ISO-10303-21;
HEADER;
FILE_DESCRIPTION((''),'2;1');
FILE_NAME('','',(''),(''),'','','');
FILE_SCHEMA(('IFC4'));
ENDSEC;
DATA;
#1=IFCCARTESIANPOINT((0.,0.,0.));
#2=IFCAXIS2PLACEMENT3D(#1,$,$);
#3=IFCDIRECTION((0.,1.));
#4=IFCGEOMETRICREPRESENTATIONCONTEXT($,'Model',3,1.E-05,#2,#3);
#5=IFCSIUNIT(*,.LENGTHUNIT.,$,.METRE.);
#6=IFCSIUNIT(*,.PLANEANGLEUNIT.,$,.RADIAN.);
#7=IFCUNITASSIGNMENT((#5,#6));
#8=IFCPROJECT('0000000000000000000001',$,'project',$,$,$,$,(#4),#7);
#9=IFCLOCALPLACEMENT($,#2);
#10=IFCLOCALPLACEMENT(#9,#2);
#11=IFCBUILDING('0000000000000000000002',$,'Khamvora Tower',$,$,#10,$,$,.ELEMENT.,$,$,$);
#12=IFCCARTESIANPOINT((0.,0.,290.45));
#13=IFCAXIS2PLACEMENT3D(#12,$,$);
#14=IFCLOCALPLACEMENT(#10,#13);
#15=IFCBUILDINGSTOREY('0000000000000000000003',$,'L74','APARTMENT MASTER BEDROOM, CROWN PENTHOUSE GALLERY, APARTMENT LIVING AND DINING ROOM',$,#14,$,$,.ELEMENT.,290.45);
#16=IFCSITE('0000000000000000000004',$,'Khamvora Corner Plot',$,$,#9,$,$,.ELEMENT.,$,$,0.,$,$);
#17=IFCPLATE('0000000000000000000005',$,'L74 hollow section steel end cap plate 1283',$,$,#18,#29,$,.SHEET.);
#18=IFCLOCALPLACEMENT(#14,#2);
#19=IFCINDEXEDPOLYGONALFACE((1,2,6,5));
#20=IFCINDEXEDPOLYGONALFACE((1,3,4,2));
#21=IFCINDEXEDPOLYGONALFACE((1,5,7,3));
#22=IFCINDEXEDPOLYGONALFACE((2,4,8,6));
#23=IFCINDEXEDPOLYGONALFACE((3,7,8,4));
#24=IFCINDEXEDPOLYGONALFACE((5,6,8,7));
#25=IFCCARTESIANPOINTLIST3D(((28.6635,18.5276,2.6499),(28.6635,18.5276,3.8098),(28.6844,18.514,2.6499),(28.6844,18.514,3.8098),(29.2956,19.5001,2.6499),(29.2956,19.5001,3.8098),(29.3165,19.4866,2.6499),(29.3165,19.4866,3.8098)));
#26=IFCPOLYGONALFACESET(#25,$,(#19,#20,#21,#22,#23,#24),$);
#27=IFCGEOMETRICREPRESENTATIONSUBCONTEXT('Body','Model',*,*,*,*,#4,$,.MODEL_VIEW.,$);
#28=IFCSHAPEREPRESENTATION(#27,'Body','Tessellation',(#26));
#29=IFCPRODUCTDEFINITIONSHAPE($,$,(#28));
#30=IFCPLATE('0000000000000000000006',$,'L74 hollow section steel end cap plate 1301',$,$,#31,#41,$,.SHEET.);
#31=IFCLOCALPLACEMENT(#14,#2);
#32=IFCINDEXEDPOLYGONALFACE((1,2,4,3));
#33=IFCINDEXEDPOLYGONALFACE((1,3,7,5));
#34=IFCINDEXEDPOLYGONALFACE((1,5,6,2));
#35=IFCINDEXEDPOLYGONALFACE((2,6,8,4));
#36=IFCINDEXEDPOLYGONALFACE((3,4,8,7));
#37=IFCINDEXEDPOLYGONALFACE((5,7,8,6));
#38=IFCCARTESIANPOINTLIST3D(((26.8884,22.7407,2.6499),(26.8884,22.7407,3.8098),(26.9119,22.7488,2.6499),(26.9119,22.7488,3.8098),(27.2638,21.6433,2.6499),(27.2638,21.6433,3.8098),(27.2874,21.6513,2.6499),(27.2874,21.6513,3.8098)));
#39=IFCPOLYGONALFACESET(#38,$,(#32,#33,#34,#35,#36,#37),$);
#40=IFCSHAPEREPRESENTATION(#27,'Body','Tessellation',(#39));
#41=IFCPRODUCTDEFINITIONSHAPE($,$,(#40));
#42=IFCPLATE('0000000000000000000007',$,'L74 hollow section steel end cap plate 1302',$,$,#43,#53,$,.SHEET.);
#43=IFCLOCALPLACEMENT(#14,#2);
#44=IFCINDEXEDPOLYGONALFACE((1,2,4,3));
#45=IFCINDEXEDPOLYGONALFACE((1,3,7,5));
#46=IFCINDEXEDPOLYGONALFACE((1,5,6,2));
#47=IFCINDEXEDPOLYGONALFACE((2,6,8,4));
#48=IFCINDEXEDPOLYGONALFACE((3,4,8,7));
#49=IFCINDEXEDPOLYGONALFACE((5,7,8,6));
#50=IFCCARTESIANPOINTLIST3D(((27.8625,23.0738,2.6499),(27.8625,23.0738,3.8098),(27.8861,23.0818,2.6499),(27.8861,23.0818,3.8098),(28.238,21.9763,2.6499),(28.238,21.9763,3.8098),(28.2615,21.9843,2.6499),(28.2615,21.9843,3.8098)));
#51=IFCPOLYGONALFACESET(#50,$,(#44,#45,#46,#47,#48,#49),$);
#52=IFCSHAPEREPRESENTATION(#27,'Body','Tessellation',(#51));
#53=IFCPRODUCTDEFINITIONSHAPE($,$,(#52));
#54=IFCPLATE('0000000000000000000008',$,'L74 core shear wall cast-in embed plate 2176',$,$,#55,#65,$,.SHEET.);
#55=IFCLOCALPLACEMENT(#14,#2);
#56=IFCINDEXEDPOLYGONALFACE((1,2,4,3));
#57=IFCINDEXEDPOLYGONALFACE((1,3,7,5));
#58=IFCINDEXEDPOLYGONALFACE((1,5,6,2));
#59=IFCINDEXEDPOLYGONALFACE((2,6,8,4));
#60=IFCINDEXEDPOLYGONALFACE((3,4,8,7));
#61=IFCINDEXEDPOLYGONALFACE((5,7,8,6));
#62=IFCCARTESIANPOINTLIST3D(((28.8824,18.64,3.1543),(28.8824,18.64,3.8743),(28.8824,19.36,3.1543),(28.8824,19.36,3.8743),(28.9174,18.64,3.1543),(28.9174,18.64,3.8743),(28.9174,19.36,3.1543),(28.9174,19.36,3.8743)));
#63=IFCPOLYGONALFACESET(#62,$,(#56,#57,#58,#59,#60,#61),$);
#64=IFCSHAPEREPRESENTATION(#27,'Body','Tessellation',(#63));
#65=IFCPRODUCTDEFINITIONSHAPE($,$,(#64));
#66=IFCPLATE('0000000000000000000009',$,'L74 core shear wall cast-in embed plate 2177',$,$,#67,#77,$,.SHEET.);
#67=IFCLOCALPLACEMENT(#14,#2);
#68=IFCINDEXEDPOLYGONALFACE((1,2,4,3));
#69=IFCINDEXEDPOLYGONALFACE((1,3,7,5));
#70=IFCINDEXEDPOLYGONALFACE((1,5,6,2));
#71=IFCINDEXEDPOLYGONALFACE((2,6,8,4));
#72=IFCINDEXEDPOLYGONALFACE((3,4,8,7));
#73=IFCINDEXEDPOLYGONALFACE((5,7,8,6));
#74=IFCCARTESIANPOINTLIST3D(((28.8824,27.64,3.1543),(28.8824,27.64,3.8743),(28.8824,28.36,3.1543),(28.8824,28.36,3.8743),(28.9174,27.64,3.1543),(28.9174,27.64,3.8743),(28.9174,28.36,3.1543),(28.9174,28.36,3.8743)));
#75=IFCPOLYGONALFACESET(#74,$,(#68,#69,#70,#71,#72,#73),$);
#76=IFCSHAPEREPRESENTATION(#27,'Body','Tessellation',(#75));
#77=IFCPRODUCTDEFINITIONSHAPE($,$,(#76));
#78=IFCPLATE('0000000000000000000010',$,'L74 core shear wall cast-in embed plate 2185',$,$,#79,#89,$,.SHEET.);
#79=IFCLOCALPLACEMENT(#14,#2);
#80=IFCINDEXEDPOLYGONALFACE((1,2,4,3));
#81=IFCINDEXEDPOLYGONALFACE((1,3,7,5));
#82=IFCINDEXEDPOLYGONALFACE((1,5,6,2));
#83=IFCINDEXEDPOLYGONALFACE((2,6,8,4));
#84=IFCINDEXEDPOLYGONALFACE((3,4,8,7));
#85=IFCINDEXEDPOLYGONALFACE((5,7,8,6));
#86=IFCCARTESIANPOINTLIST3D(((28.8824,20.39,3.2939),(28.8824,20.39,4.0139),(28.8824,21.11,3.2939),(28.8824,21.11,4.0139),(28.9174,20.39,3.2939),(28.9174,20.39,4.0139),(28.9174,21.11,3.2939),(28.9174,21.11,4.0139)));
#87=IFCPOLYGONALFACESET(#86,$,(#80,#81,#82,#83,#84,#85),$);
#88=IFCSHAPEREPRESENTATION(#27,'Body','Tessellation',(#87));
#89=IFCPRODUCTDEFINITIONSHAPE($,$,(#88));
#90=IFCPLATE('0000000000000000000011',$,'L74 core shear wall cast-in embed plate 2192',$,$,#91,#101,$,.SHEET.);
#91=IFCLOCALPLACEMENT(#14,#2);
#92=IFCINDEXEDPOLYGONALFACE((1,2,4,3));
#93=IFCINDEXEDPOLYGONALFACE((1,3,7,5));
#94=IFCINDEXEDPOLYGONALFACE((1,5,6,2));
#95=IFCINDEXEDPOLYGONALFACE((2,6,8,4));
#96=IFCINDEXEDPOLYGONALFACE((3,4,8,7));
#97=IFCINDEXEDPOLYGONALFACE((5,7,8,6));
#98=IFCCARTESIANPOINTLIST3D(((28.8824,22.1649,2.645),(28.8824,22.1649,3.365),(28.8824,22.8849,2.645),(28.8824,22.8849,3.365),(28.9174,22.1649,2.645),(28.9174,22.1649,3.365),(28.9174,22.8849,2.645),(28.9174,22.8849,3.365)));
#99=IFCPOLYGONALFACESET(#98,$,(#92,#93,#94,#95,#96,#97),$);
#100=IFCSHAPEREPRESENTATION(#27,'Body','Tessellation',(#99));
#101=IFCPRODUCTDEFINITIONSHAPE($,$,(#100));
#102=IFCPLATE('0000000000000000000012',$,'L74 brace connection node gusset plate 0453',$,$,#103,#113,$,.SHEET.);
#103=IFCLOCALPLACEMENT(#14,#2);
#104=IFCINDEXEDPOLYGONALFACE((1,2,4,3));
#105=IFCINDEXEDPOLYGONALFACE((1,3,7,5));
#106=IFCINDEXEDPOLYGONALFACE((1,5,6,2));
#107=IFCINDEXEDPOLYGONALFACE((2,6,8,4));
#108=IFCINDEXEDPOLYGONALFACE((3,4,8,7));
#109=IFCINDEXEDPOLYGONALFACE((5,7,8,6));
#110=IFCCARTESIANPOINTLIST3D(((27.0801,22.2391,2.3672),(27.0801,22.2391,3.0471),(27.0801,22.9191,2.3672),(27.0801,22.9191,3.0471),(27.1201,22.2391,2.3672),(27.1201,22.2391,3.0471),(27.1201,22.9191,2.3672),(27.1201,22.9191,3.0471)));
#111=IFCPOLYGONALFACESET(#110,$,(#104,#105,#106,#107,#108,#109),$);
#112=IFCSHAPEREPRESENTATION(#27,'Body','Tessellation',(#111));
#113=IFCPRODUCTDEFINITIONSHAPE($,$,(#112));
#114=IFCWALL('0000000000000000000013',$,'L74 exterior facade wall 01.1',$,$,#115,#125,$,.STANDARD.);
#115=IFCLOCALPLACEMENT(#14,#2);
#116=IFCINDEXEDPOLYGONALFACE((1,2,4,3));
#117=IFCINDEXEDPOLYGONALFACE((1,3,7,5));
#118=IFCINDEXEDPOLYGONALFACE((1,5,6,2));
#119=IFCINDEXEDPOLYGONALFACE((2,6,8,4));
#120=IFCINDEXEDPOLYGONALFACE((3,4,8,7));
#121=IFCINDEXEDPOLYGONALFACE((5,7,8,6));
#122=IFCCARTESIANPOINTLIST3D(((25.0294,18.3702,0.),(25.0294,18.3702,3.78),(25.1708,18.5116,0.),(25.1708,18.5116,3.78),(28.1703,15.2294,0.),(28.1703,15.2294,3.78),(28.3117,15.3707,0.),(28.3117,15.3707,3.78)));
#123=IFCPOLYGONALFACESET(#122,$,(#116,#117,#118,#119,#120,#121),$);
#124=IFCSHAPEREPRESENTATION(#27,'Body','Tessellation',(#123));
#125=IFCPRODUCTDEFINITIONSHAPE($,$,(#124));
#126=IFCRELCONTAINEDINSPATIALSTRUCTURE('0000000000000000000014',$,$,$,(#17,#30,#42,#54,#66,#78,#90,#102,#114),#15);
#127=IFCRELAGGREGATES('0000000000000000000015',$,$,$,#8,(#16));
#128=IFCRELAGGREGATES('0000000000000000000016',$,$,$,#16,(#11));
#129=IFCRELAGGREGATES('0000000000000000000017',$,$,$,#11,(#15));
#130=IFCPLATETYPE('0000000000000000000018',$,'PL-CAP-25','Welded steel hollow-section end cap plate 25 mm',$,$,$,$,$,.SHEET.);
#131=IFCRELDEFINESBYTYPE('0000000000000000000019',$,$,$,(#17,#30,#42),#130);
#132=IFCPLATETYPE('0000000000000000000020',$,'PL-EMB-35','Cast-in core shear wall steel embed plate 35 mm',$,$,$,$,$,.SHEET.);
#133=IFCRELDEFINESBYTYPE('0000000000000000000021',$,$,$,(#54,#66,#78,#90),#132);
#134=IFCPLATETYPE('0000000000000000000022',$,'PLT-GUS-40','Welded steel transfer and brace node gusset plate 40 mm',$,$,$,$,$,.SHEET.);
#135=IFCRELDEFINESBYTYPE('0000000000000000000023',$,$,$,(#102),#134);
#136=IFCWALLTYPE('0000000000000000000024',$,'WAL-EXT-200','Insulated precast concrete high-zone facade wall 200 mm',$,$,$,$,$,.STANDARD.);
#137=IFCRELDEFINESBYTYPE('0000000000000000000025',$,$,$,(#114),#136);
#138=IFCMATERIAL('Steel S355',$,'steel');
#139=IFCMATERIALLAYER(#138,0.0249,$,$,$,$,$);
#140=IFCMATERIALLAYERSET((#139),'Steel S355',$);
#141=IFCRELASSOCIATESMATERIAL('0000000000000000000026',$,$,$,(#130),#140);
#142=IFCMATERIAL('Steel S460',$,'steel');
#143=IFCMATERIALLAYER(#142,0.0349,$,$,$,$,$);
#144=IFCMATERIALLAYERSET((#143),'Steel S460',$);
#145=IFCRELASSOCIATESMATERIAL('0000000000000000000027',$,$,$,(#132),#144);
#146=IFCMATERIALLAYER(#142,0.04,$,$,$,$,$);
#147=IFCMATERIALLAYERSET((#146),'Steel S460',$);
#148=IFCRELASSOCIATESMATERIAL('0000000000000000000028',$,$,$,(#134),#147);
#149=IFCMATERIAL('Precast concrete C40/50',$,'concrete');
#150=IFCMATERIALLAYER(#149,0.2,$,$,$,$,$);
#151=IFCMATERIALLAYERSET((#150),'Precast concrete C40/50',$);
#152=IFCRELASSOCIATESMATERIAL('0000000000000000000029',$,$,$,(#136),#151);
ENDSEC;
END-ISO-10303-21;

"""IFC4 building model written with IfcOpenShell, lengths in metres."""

from ifc_helpers import new_model, si_unit, direction, frame, frame_2d, origin, origin_2d, place, context, subcontext, project, spatial, rectangle, extrude, material, layer, layer_set, type_object, element, save


model = new_model("IFC4")

# Units and contexts
model_context = context("Model", 3, precision=1e-05, world=origin(), true_north=direction((0.0, 1.0)))
body_context = subcontext(model_context, "Body", "Model", "MODEL_VIEW")
ifc_project = project(units=[si_unit("LENGTHUNIT", "METRE"), si_unit("PLANEANGLEUNIT", "RADIAN")], contexts=[model_context])

# Site, building, storey
site_placement = place(None, origin())
site = spatial("IfcSite", under=ifc_project, at=site_placement, Name="Khamvora Corner Plot", CompositionType="ELEMENT", RefElevation=0.0)
building_placement = place(site_placement, origin())
building = spatial("IfcBuilding", under=site, at=building_placement, Name="Khamvora Tower", CompositionType="ELEMENT")
storey_placement = place(building_placement, frame((0.0, 0.0, 290.45)))
storey = spatial("IfcBuildingStorey", under=building, at=storey_placement, Name="L74", Description="APARTMENT MASTER BEDROOM, CROWN PENTHOUSE GALLERY, APARTMENT LIVING AND DINING ROOM", CompositionType="ELEMENT", Elevation=290.45)

# Shared definitions
ifc_material_1 = material(Name="Steel S355", Category="steel")

# Shared definitions
ifc_material_2 = material(Name="Steel S460", Category="steel")

# Plates
ifc_layer_1 = layer(ifc_material_1, 0.0249)
ifc_layer_set_1 = layer_set([ifc_layer_1], Name="Steel S355")
plate_type_1 = type_object("IfcPlateType", Name="PL-CAP-25", Description="Welded steel hollow-section end cap plate 25 mm", PredefinedType="SHEET", material=ifc_layer_set_1)
for number, where, z_axis, x_axis, name in (
    (1, (28.99, 19.0071, 2.6499), (0.0, 0.0, 1.0), (0.838442, -0.54499, 0.0), "L74 hollow section steel end cap plate 1283"),
    (2, (27.0879, 22.196, 2.6499), (0.0, 0.0, 1.0), (0.946164, 0.323686, 0.0), "L74 hollow section steel end cap plate 1301"),
    (3, (28.062, 22.5291, 2.6499), (0.0, 0.0, 1.0), (0.946164, 0.323686, 0.0), "L74 hollow section steel end cap plate 1302"),
):
    element("IfcPlate", number, at=place(storey_placement, frame(where, z_axis=z_axis, x_axis=x_axis)), inside=storey, type_object=plate_type_1, Name=name, PredefinedType="SHEET", context=body_context, shape_type="SweptSolid", body=[
        extrude(rectangle(XDim=0.0249, YDim=1.1599, at=origin_2d()), origin(), (0.0, 0.0, 1.0), 1.1599),
    ])
ifc_layer_2 = layer(ifc_material_2, 0.0349)
ifc_layer_set_2 = layer_set([ifc_layer_2], Name="Steel S460")
plate_type_2 = type_object("IfcPlateType", Name="PL-EMB-35", Description="Cast-in core shear wall steel embed plate 35 mm", PredefinedType="SHEET", material=ifc_layer_set_2)
for number, where, z_axis, x_axis, name in (
    (4, (28.8999, 19.0, 3.1543), (0.0, 0.0, 1.0), (1.0, 0.0, 0.0), "L74 core shear wall cast-in embed plate 2176"),
    (5, (28.8999, 28.0, 3.1543), (0.0, 0.0, 1.0), (1.0, 0.0, 0.0), "L74 core shear wall cast-in embed plate 2177"),
    (6, (28.8999, 20.75, 3.2939), (0.0, 0.0, 1.0), (1.0, 0.0, 0.0), "L74 core shear wall cast-in embed plate 2185"),
    (7, (28.8999, 22.5249, 2.645), (0.0, 0.0, 1.0), (1.0, 0.0, 0.0), "L74 core shear wall cast-in embed plate 2192"),
):
    element("IfcPlate", number, at=place(storey_placement, frame(where, z_axis=z_axis, x_axis=x_axis)), inside=storey, type_object=plate_type_2, Name=name, PredefinedType="SHEET", context=body_context, shape_type="SweptSolid", body=[
        extrude(rectangle(XDim=0.0349, YDim=0.72, at=origin_2d()), origin(), (0.0, 0.0, 1.0), 0.72),
    ])
ifc_layer_3 = layer(ifc_material_2, 0.04)
ifc_layer_set_3 = layer_set([ifc_layer_3], Name="Steel S460")
plate_type_3 = type_object("IfcPlateType", Name="PLT-GUS-40", Description="Welded steel transfer and brace node gusset plate 40 mm", PredefinedType="SHEET", material=ifc_layer_set_3)
plate_1_placement = place(storey_placement, frame((27.1001, 22.5791, 2.3672), z_axis=(0.0, 0.0, 1.0), x_axis=(0.0, 1.0, 0.0)))
element("IfcPlate", 8, at=plate_1_placement, inside=storey, type_object=plate_type_3, Name="L74 brace connection node gusset plate 0453", PredefinedType="SHEET", context=body_context, shape_type="SweptSolid", body=[
    extrude(rectangle(XDim=0.6799, YDim=0.04, at=origin_2d()), origin(), (0.0, 0.0, 1.0), 0.6799),
])

# Wall
ifc_material_3 = material(Name="Precast concrete C40/50", Category="concrete")
ifc_layer_4 = layer(ifc_material_3, 0.2)
ifc_layer_set_4 = layer_set([ifc_layer_4], Name="Precast concrete C40/50")
wall_type = type_object("IfcWallType", Name="WAL-EXT-200", Description="Insulated precast concrete high-zone facade wall 200 mm", PredefinedType="STANDARD", material=ifc_layer_set_4)
wall_placement = place(storey_placement, frame((28.241, 15.3, 0.0), z_axis=(0.0, 0.0, 1.0), x_axis=(-0.707107, 0.707107, 0.0)))
element("IfcWall", 9, at=wall_placement, inside=storey, type_object=wall_type, Name="L74 exterior facade wall 01.1", PredefinedType="STANDARD", context=body_context, shape_type="SweptSolid", body=[
    extrude(rectangle(XDim=4.4419, YDim=0.2, at=frame_2d((2.2209, 0.0))), origin(), (0.0, 0.0, 1.0), 3.78),
])

save(model, "model.ifc")
